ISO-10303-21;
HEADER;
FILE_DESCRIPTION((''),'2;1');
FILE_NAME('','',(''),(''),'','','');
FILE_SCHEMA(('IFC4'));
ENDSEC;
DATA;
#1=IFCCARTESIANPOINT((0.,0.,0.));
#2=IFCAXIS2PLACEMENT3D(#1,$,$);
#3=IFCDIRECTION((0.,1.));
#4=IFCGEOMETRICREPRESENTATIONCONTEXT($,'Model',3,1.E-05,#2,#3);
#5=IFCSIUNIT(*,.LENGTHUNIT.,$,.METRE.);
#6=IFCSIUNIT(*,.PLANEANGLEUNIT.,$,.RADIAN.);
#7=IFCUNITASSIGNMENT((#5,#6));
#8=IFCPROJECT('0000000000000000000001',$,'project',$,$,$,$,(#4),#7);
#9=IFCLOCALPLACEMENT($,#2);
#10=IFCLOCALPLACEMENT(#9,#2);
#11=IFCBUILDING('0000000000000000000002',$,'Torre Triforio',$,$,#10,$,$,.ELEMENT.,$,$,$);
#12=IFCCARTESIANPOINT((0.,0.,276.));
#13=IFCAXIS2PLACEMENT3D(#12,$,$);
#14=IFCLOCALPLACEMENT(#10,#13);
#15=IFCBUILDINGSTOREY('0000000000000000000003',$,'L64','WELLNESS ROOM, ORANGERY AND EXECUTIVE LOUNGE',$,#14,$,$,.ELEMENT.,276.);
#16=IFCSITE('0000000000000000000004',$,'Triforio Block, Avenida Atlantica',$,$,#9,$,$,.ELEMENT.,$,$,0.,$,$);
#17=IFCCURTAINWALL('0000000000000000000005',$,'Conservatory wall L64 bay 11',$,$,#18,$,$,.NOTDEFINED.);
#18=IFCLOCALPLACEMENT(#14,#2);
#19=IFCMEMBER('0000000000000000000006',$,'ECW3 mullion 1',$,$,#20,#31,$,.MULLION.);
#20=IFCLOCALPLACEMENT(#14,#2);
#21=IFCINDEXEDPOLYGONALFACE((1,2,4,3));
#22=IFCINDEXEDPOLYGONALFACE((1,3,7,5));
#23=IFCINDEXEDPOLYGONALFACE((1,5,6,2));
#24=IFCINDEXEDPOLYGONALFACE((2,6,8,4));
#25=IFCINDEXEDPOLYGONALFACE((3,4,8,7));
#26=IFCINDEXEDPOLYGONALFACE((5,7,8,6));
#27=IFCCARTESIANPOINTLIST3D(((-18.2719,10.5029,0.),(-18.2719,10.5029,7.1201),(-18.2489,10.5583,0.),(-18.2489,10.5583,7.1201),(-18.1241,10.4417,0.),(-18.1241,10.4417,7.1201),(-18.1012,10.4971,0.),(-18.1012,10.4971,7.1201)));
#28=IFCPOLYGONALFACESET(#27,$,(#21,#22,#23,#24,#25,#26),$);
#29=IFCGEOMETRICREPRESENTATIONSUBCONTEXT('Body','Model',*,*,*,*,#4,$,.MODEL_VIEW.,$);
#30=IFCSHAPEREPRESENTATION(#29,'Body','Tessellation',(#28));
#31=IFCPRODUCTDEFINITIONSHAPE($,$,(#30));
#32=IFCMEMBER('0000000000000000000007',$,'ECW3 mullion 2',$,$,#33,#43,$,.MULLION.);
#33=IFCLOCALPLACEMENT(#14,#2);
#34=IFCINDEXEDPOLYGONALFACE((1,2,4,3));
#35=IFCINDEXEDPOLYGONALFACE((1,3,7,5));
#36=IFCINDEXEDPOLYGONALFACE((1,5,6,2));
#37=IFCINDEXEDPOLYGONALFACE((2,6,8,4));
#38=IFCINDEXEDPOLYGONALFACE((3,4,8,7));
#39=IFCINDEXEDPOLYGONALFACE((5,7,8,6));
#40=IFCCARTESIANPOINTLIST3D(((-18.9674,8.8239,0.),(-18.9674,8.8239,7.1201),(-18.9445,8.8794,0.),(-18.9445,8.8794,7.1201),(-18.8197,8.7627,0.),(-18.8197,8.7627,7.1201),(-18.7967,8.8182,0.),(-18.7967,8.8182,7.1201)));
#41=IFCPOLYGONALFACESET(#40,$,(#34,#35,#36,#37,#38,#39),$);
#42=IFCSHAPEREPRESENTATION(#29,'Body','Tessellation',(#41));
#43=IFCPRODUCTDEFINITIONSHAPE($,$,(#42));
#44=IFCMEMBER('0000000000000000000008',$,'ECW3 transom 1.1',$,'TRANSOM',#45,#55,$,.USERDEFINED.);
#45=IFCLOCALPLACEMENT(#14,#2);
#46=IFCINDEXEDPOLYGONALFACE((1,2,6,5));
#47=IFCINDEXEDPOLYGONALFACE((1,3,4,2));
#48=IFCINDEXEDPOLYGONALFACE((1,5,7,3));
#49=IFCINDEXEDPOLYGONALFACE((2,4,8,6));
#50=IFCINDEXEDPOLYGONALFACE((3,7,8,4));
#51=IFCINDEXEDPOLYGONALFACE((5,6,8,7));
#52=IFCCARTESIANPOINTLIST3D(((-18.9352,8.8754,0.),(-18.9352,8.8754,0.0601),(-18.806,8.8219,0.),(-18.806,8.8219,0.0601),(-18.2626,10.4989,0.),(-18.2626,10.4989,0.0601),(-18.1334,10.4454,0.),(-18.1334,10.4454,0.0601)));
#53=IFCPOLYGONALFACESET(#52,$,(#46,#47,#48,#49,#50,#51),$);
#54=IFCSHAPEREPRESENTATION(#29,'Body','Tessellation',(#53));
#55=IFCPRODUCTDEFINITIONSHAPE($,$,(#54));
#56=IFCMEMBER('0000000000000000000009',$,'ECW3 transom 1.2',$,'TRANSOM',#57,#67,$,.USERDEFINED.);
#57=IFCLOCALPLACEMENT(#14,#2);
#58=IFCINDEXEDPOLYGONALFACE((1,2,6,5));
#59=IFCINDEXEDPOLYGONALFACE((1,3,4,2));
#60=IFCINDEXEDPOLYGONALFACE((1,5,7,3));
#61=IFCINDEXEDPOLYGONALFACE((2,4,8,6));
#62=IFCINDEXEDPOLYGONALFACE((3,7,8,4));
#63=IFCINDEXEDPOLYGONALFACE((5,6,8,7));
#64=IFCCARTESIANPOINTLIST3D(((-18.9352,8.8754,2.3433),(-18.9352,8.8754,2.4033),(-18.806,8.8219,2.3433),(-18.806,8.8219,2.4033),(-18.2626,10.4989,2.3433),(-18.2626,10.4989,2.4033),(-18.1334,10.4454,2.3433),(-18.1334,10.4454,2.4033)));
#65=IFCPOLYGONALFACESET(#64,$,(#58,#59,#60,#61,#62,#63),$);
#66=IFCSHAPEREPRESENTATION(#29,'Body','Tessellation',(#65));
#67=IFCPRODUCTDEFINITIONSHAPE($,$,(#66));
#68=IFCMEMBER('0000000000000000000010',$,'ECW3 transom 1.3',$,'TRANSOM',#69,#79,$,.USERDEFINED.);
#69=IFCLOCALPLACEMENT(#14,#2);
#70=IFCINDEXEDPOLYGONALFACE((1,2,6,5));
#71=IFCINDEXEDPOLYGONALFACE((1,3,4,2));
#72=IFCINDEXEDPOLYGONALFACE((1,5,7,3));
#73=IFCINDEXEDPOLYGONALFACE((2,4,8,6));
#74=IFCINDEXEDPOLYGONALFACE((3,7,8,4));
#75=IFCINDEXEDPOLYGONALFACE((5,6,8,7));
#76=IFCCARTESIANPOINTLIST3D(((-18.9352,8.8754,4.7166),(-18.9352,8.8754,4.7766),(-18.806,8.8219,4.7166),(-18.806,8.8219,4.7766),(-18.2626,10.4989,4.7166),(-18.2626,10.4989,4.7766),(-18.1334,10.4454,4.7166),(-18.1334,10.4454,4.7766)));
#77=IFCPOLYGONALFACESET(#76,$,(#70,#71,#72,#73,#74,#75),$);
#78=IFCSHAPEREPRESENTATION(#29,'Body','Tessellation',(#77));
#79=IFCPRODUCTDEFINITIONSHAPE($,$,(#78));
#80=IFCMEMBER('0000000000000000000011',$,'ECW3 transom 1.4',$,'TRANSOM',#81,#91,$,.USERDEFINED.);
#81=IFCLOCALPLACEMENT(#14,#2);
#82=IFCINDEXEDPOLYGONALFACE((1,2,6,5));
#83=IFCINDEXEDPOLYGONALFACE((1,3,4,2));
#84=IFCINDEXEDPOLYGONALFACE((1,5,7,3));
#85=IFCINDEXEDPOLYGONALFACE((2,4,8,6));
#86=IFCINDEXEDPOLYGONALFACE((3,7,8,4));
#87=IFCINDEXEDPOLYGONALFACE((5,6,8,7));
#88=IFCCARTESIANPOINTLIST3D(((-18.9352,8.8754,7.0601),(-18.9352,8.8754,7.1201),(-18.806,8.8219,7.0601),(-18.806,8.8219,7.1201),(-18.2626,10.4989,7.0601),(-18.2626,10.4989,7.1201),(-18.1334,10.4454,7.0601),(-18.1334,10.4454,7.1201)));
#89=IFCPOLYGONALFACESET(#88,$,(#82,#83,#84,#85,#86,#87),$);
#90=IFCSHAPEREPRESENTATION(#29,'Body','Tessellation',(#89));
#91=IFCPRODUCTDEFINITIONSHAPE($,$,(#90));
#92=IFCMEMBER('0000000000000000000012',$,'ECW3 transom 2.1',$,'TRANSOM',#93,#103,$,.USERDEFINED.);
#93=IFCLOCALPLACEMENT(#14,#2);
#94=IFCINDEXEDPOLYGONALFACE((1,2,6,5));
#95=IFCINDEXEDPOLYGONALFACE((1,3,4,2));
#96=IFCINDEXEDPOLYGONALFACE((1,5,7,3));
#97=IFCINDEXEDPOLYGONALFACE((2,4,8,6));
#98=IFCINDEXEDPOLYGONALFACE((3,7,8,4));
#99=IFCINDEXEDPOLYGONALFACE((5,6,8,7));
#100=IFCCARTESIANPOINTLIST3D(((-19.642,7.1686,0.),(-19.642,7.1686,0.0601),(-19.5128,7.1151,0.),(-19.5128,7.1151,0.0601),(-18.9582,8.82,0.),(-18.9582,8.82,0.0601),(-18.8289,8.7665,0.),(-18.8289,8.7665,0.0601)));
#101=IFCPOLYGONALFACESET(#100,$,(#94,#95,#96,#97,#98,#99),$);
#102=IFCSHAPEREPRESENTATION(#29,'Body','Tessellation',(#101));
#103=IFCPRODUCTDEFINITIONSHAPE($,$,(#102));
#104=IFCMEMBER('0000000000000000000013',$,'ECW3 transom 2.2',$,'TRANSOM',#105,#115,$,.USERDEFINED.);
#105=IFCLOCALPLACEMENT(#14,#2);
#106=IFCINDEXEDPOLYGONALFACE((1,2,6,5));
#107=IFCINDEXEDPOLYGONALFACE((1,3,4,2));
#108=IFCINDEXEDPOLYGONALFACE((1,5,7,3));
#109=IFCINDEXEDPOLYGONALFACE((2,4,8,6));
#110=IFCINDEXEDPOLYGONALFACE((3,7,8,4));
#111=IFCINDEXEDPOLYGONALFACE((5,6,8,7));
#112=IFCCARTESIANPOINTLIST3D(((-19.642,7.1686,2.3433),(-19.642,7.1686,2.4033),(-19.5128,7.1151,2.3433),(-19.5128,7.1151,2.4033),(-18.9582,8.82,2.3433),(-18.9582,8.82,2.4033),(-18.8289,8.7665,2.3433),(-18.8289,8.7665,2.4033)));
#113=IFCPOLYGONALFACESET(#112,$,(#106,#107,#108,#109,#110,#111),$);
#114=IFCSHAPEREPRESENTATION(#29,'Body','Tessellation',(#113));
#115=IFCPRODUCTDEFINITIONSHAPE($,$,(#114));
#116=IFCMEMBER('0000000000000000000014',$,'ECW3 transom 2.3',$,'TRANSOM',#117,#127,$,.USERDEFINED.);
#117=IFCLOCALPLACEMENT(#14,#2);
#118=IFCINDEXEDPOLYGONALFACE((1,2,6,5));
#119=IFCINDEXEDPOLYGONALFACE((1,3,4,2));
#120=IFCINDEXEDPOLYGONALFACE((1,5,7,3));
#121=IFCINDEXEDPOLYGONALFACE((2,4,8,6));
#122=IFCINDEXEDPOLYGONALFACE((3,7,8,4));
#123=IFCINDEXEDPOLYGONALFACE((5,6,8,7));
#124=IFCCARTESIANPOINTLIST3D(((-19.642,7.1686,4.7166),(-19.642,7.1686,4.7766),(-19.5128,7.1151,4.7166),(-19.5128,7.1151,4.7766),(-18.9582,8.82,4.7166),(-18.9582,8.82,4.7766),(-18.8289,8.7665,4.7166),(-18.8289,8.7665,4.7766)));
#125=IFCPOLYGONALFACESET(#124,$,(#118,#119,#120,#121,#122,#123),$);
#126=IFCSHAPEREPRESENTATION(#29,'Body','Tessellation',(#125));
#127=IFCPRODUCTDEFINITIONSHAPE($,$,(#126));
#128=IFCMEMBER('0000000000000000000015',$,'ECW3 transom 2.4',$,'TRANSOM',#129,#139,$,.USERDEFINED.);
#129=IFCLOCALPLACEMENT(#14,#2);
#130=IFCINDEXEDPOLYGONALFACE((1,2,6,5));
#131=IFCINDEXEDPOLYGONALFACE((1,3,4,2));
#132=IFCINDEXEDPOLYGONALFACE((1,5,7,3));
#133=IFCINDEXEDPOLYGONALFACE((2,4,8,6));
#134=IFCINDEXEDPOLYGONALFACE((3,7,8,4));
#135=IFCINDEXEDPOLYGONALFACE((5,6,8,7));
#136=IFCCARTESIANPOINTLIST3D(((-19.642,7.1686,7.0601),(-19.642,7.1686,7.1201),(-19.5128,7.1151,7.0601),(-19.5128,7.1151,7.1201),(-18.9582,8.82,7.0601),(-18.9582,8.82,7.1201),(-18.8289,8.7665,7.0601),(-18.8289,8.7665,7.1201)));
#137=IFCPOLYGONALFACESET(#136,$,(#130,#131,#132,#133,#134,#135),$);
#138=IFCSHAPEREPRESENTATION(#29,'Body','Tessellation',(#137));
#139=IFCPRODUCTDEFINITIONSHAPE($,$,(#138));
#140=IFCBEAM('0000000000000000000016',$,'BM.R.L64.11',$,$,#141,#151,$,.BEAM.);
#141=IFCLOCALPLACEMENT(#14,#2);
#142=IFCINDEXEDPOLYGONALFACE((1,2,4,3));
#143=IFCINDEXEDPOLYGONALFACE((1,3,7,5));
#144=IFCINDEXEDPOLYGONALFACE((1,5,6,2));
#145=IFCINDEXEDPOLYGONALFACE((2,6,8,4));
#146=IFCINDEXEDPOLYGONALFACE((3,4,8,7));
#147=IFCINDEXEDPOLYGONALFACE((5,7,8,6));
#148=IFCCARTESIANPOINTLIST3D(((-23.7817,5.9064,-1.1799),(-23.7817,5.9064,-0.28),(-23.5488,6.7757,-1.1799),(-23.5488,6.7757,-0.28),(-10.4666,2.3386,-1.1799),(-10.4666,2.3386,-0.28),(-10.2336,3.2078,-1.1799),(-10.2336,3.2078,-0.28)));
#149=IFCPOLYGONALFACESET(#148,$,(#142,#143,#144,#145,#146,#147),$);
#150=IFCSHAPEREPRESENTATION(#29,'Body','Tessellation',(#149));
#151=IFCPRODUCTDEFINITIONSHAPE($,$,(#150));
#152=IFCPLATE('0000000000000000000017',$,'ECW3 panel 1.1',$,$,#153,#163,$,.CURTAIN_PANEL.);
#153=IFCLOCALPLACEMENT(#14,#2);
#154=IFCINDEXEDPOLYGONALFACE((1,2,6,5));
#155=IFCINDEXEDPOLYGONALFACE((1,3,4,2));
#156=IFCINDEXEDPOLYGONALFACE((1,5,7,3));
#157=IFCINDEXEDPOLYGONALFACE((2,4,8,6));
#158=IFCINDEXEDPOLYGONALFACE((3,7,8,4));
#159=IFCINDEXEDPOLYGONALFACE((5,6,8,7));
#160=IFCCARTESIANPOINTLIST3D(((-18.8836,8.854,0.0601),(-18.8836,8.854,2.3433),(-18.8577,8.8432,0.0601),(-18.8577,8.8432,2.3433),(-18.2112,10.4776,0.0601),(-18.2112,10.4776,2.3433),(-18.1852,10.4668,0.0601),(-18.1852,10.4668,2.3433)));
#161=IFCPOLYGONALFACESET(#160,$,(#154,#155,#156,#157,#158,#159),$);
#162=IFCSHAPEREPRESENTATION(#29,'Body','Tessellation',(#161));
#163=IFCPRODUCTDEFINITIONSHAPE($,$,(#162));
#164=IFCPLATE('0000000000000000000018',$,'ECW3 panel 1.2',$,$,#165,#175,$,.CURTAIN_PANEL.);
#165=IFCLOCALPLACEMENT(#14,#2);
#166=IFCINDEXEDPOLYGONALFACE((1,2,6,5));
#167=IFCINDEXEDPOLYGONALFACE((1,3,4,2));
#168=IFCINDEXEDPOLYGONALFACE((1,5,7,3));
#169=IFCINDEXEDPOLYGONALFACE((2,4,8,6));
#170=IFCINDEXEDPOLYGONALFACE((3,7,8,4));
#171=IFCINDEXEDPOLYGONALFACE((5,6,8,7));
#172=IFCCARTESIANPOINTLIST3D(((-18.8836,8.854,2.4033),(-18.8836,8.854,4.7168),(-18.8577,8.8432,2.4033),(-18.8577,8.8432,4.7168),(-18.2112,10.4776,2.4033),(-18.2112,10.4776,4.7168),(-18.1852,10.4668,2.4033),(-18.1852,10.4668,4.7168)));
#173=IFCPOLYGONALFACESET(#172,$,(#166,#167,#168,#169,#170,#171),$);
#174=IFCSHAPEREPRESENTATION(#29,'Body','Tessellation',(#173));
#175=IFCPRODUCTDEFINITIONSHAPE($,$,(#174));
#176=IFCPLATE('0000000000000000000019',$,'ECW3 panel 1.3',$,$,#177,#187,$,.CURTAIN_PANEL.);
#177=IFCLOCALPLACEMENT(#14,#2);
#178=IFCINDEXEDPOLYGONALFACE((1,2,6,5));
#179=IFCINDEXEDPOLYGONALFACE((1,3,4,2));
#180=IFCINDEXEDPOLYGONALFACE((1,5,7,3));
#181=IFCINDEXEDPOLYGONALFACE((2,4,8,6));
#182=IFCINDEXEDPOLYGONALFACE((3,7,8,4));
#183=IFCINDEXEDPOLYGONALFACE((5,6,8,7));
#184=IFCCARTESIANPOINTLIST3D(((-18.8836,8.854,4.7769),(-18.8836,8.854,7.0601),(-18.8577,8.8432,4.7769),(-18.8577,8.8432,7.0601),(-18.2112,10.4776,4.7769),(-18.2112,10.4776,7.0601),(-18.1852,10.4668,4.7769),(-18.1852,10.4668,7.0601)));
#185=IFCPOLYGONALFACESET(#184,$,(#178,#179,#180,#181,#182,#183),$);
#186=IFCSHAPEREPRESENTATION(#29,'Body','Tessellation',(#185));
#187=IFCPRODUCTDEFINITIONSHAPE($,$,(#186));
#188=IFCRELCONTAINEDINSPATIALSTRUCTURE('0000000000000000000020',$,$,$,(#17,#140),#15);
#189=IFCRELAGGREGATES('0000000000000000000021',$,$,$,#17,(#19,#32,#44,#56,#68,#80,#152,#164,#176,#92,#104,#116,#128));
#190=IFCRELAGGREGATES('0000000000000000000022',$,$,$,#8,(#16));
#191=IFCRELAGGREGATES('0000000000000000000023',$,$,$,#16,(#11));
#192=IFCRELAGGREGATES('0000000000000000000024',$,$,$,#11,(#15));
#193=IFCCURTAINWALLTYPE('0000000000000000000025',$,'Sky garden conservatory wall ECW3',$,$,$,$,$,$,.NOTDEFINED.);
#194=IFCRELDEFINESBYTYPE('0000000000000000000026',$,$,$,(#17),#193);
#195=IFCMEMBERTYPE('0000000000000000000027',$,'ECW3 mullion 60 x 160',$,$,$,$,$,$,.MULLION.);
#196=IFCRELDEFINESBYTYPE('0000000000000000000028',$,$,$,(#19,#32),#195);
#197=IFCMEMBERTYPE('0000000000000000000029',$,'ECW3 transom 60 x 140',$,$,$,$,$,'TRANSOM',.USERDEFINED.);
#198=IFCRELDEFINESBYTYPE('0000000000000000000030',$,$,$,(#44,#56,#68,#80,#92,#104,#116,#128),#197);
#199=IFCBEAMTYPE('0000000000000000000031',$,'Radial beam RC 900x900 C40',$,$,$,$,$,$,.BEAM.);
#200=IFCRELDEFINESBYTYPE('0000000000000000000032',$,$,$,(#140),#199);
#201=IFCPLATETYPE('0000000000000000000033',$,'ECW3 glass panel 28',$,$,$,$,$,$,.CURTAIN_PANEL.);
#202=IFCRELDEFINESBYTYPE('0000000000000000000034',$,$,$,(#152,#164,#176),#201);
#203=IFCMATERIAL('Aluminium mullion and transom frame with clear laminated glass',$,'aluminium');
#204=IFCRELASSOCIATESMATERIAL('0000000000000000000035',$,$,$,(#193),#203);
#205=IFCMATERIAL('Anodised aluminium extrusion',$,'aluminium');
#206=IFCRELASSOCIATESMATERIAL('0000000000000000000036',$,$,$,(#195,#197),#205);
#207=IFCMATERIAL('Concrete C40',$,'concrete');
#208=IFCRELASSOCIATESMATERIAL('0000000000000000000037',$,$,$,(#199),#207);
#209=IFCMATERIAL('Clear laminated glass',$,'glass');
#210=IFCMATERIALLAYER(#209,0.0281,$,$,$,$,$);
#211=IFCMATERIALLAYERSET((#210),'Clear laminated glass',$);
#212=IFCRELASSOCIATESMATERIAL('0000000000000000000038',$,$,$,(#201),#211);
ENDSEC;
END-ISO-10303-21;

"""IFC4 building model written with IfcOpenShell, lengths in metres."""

from ifc_helpers import new_model, si_unit, direction, frame, origin, origin_2d, place, context, subcontext, project, spatial, rectangle, extrude, material, layer, layer_set, material_profile, profile_set, type_object, element, aggregate, save


model = new_model("IFC4")

# Units and contexts
model_context = context("Model", 3, precision=1e-05, world=origin(), true_north=direction((0.0, 1.0)))
body_context = subcontext(model_context, "Body", "Model", "MODEL_VIEW")
ifc_project = project(units=[si_unit("LENGTHUNIT", "METRE"), si_unit("PLANEANGLEUNIT", "RADIAN")], contexts=[model_context])

# Site, building, storey
site_placement = place(None, origin())
site = spatial("IfcSite", under=ifc_project, at=site_placement, Name="Triforio Block, Avenida Atlantica", CompositionType="ELEMENT", RefElevation=0.0)
building_placement = place(site_placement, origin())
building = spatial("IfcBuilding", under=site, at=building_placement, Name="Torre Triforio", CompositionType="ELEMENT")
storey_placement = place(building_placement, frame((0.0, 0.0, 276.0)))
storey = spatial("IfcBuildingStorey", under=building, at=storey_placement, Name="L64", Description="WELLNESS ROOM, ORANGERY AND EXECUTIVE LOUNGE", CompositionType="ELEMENT", Elevation=276.0)

# Curtain wall, members
ifc_material_1 = material(Name="Aluminium mullion and transom frame with clear laminated glass", Category="aluminium")
curtain_wall_type = type_object("IfcCurtainWallType", Name="Sky garden conservatory wall ECW3", PredefinedType="NOTDEFINED", material=ifc_material_1)
curtain_wall_placement = place(storey_placement, origin())
curtain_wall = element("IfcCurtainWall", 1, at=curtain_wall_placement, inside=storey, type_object=curtain_wall_type, Name="Conservatory wall L64 bay 11", PredefinedType="NOTDEFINED")
ifc_material_2 = material(Name="Anodised aluminium extrusion", Category="aluminium")
ifc_material_profile_1 = material_profile(ifc_material_2, rectangle(XDim=0.1599, YDim=0.0601, at=origin_2d()), Name="ECW3 MULLION 60x160")
ifc_profile_set_1 = profile_set([ifc_material_profile_1], Name="Anodised aluminium extrusion")
member_type_1 = type_object("IfcMemberType", Name="ECW3 mullion 60 x 160", PredefinedType="MULLION", material=ifc_profile_set_1)
member_1_placement = place(storey_placement, frame((-18.1865, 10.5, 0.0), z_axis=(0.0, 0.0, 1.0), x_axis=(0.923883, -0.382675, 0.0)))
member_1 = element("IfcMember", 2, at=member_1_placement, type_object=member_type_1, Name="ECW3 mullion 1", PredefinedType="MULLION", context=body_context, shape_type="SweptSolid", body=[
    extrude(rectangle(XDim=0.1599, YDim=0.0601, at=origin_2d()), origin(), (0.0, 0.0, 1.0), 7.1201),
])
member_2_placement = place(storey_placement, frame((-18.8821, 8.821, 0.0), z_axis=(0.0, 0.0, 1.0), x_axis=(0.923883, -0.382675, 0.0)))
member_2 = element("IfcMember", 3, at=member_2_placement, type_object=member_type_1, Name="ECW3 mullion 2", PredefinedType="MULLION", context=body_context, shape_type="SweptSolid", body=[
    extrude(rectangle(XDim=0.1599, YDim=0.0601, at=origin_2d()), origin(), (0.0, 0.0, 1.0), 7.1201),
])
ifc_material_profile_2 = material_profile(ifc_material_2, rectangle(XDim=0.1399, YDim=0.0601, at=origin_2d()), Name="ECW3 TRANSOM 60x140")
ifc_profile_set_2 = profile_set([ifc_material_profile_2], Name="Anodised aluminium extrusion")
member_type_2 = type_object("IfcMemberType", Name="ECW3 transom 60 x 140", ElementType="TRANSOM", PredefinedType="USERDEFINED", material=ifc_profile_set_2)
member_3_placement = place(storey_placement, frame((-18.198, 10.4722, 0.03), z_axis=(-0.38274, -0.923856, 0.0), x_axis=(0.923856, -0.38274, 0.0)))
member_3 = element("IfcMember", 4, at=member_3_placement, type_object=member_type_2, Name="ECW3 transom 1.1", ObjectType="TRANSOM", PredefinedType="USERDEFINED", context=body_context, shape_type="SweptSolid", body=[
    extrude(rectangle(XDim=0.1399, YDim=0.0601, at=origin_2d()), origin(), (0.0, 0.0, 1.0), 1.7573),
])
member_4_placement = place(storey_placement, frame((-18.198, 10.4722, 2.3733), z_axis=(-0.38274, -0.923856, 0.0), x_axis=(0.923856, -0.38274, 0.0)))
member_4 = element("IfcMember", 5, at=member_4_placement, type_object=member_type_2, Name="ECW3 transom 1.2", ObjectType="TRANSOM", PredefinedType="USERDEFINED", context=body_context, shape_type="SweptSolid", body=[
    extrude(rectangle(XDim=0.1399, YDim=0.0601, at=origin_2d()), origin(), (0.0, 0.0, 1.0), 1.7573),
])
member_5_placement = place(storey_placement, frame((-18.198, 10.4722, 4.7466), z_axis=(-0.38274, -0.923856, 0.0), x_axis=(0.923856, -0.38274, 0.0)))
member_5 = element("IfcMember", 6, at=member_5_placement, type_object=member_type_2, Name="ECW3 transom 1.3", ObjectType="TRANSOM", PredefinedType="USERDEFINED", context=body_context, shape_type="SweptSolid", body=[
    extrude(rectangle(XDim=0.1399, YDim=0.0601, at=origin_2d()), origin(), (0.0, 0.0, 1.0), 1.7573),
])
member_6_placement = place(storey_placement, frame((-18.198, 10.4722, 7.0901), z_axis=(-0.38274, -0.923856, 0.0), x_axis=(0.923856, -0.38274, 0.0)))
member_6 = element("IfcMember", 7, at=member_6_placement, type_object=member_type_2, Name="ECW3 transom 1.4", ObjectType="TRANSOM", PredefinedType="USERDEFINED", context=body_context, shape_type="SweptSolid", body=[
    extrude(rectangle(XDim=0.1399, YDim=0.0601, at=origin_2d()), origin(), (0.0, 0.0, 1.0), 1.7573),
])
member_7_placement = place(storey_placement, frame((-18.8936, 8.7932, 0.03), z_axis=(-0.382597, -0.923915, 0.0), x_axis=(0.923915, -0.382597, 0.0)))
member_7 = element("IfcMember", 8, at=member_7_placement, type_object=member_type_2, Name="ECW3 transom 2.1", ObjectType="TRANSOM", PredefinedType="USERDEFINED", context=body_context, shape_type="SweptSolid", body=[
    extrude(rectangle(XDim=0.1399, YDim=0.0601, at=origin_2d()), origin(), (0.0, 0.0, 1.0), 1.7874),
])
member_8_placement = place(storey_placement, frame((-18.8936, 8.7932, 2.3733), z_axis=(-0.382597, -0.923915, 0.0), x_axis=(0.923915, -0.382597, 0.0)))
member_8 = element("IfcMember", 9, at=member_8_placement, type_object=member_type_2, Name="ECW3 transom 2.2", ObjectType="TRANSOM", PredefinedType="USERDEFINED", context=body_context, shape_type="SweptSolid", body=[
    extrude(rectangle(XDim=0.1399, YDim=0.0601, at=origin_2d()), origin(), (0.0, 0.0, 1.0), 1.7874),
])
member_9_placement = place(storey_placement, frame((-18.8936, 8.7932, 4.7466), z_axis=(-0.382597, -0.923915, 0.0), x_axis=(0.923915, -0.382597, 0.0)))
member_9 = element("IfcMember", 10, at=member_9_placement, type_object=member_type_2, Name="ECW3 transom 2.3", ObjectType="TRANSOM", PredefinedType="USERDEFINED", context=body_context, shape_type="SweptSolid", body=[
    extrude(rectangle(XDim=0.1399, YDim=0.0601, at=origin_2d()), origin(), (0.0, 0.0, 1.0), 1.7874),
])
member_10_placement = place(storey_placement, frame((-18.8936, 8.7932, 7.0901), z_axis=(-0.382597, -0.923915, 0.0), x_axis=(0.923915, -0.382597, 0.0)))
member_10 = element("IfcMember", 11, at=member_10_placement, type_object=member_type_2, Name="ECW3 transom 2.4", ObjectType="TRANSOM", PredefinedType="USERDEFINED", context=body_context, shape_type="SweptSolid", body=[
    extrude(rectangle(XDim=0.1399, YDim=0.0601, at=origin_2d()), origin(), (0.0, 0.0, 1.0), 1.7874),
])

# Beam
ifc_material_3 = material(Name="Concrete C40", Category="concrete")
ifc_material_profile_3 = material_profile(ifc_material_3, rectangle(XDim=0.8999, YDim=0.8999, at=origin_2d()), Name="RC 900x900")
ifc_profile_set_3 = profile_set([ifc_material_profile_3], Name="Concrete C40")
beam_type = type_object("IfcBeamType", Name="Radial beam RC 900x900 C40", PredefinedType="BEAM", material=ifc_profile_set_3)
beam_placement = place(storey_placement, frame((-10.3501, 2.7732, -0.73), z_axis=(-0.965924, 0.258824, 0.0), x_axis=(-0.258824, -0.965924, 0.0)))
element("IfcBeam", 12, at=beam_placement, inside=storey, type_object=beam_type, Name="BM.R.L64.11", PredefinedType="BEAM", context=body_context, shape_type="SweptSolid", body=[
    extrude(rectangle(XDim=0.8999, YDim=0.8999, at=origin_2d()), origin(), (0.0, 0.0, 1.0), 13.7849),
])

# Plates
ifc_material_4 = material(Name="Clear laminated glass", Category="glass")
ifc_layer_1 = layer(ifc_material_4, 0.0281)
ifc_layer_set_1 = layer_set([ifc_layer_1], Name="Clear laminated glass")
plate_type = type_object("IfcPlateType", Name="ECW3 glass panel 28", PredefinedType="CURTAIN_PANEL", material=ifc_layer_set_1)
plate_1_placement = place(storey_placement, frame((-18.5344, 9.6604, 0.0601), z_axis=(0.0, 0.0, 1.0), x_axis=(-0.382675, -0.923883, 0.0)))
plate_1 = element("IfcPlate", 13, at=plate_1_placement, type_object=plate_type, Name="ECW3 panel 1.1", PredefinedType="CURTAIN_PANEL", context=body_context, shape_type="SweptSolid", body=[
    extrude(rectangle(XDim=1.7573, YDim=0.0281, at=origin_2d()), origin(), (0.0, 0.0, 1.0), 2.2832),
])
plate_2_placement = place(storey_placement, frame((-18.5344, 9.6604, 2.4033), z_axis=(0.0, 0.0, 1.0), x_axis=(-0.382675, -0.923883, 0.0)))
plate_2 = element("IfcPlate", 14, at=plate_2_placement, type_object=plate_type, Name="ECW3 panel 1.2", PredefinedType="CURTAIN_PANEL", context=body_context, shape_type="SweptSolid", body=[
    extrude(rectangle(XDim=1.7573, YDim=0.0281, at=origin_2d()), origin(), (0.0, 0.0, 1.0), 2.3135),
])
plate_3_placement = place(storey_placement, frame((-18.5344, 9.6604, 4.7769), z_axis=(0.0, 0.0, 1.0), x_axis=(-0.382675, -0.923883, 0.0)))
plate_3 = element("IfcPlate", 15, at=plate_3_placement, type_object=plate_type, Name="ECW3 panel 1.3", PredefinedType="CURTAIN_PANEL", context=body_context, shape_type="SweptSolid", body=[
    extrude(rectangle(XDim=1.7573, YDim=0.0281, at=origin_2d()), origin(), (0.0, 0.0, 1.0), 2.2832),
])
aggregate(curtain_wall, [member_1, member_2, member_3, member_4, member_5, member_6, plate_1, plate_2, plate_3, member_7, member_8, member_9, member_10])

save(model, "model.ifc")
